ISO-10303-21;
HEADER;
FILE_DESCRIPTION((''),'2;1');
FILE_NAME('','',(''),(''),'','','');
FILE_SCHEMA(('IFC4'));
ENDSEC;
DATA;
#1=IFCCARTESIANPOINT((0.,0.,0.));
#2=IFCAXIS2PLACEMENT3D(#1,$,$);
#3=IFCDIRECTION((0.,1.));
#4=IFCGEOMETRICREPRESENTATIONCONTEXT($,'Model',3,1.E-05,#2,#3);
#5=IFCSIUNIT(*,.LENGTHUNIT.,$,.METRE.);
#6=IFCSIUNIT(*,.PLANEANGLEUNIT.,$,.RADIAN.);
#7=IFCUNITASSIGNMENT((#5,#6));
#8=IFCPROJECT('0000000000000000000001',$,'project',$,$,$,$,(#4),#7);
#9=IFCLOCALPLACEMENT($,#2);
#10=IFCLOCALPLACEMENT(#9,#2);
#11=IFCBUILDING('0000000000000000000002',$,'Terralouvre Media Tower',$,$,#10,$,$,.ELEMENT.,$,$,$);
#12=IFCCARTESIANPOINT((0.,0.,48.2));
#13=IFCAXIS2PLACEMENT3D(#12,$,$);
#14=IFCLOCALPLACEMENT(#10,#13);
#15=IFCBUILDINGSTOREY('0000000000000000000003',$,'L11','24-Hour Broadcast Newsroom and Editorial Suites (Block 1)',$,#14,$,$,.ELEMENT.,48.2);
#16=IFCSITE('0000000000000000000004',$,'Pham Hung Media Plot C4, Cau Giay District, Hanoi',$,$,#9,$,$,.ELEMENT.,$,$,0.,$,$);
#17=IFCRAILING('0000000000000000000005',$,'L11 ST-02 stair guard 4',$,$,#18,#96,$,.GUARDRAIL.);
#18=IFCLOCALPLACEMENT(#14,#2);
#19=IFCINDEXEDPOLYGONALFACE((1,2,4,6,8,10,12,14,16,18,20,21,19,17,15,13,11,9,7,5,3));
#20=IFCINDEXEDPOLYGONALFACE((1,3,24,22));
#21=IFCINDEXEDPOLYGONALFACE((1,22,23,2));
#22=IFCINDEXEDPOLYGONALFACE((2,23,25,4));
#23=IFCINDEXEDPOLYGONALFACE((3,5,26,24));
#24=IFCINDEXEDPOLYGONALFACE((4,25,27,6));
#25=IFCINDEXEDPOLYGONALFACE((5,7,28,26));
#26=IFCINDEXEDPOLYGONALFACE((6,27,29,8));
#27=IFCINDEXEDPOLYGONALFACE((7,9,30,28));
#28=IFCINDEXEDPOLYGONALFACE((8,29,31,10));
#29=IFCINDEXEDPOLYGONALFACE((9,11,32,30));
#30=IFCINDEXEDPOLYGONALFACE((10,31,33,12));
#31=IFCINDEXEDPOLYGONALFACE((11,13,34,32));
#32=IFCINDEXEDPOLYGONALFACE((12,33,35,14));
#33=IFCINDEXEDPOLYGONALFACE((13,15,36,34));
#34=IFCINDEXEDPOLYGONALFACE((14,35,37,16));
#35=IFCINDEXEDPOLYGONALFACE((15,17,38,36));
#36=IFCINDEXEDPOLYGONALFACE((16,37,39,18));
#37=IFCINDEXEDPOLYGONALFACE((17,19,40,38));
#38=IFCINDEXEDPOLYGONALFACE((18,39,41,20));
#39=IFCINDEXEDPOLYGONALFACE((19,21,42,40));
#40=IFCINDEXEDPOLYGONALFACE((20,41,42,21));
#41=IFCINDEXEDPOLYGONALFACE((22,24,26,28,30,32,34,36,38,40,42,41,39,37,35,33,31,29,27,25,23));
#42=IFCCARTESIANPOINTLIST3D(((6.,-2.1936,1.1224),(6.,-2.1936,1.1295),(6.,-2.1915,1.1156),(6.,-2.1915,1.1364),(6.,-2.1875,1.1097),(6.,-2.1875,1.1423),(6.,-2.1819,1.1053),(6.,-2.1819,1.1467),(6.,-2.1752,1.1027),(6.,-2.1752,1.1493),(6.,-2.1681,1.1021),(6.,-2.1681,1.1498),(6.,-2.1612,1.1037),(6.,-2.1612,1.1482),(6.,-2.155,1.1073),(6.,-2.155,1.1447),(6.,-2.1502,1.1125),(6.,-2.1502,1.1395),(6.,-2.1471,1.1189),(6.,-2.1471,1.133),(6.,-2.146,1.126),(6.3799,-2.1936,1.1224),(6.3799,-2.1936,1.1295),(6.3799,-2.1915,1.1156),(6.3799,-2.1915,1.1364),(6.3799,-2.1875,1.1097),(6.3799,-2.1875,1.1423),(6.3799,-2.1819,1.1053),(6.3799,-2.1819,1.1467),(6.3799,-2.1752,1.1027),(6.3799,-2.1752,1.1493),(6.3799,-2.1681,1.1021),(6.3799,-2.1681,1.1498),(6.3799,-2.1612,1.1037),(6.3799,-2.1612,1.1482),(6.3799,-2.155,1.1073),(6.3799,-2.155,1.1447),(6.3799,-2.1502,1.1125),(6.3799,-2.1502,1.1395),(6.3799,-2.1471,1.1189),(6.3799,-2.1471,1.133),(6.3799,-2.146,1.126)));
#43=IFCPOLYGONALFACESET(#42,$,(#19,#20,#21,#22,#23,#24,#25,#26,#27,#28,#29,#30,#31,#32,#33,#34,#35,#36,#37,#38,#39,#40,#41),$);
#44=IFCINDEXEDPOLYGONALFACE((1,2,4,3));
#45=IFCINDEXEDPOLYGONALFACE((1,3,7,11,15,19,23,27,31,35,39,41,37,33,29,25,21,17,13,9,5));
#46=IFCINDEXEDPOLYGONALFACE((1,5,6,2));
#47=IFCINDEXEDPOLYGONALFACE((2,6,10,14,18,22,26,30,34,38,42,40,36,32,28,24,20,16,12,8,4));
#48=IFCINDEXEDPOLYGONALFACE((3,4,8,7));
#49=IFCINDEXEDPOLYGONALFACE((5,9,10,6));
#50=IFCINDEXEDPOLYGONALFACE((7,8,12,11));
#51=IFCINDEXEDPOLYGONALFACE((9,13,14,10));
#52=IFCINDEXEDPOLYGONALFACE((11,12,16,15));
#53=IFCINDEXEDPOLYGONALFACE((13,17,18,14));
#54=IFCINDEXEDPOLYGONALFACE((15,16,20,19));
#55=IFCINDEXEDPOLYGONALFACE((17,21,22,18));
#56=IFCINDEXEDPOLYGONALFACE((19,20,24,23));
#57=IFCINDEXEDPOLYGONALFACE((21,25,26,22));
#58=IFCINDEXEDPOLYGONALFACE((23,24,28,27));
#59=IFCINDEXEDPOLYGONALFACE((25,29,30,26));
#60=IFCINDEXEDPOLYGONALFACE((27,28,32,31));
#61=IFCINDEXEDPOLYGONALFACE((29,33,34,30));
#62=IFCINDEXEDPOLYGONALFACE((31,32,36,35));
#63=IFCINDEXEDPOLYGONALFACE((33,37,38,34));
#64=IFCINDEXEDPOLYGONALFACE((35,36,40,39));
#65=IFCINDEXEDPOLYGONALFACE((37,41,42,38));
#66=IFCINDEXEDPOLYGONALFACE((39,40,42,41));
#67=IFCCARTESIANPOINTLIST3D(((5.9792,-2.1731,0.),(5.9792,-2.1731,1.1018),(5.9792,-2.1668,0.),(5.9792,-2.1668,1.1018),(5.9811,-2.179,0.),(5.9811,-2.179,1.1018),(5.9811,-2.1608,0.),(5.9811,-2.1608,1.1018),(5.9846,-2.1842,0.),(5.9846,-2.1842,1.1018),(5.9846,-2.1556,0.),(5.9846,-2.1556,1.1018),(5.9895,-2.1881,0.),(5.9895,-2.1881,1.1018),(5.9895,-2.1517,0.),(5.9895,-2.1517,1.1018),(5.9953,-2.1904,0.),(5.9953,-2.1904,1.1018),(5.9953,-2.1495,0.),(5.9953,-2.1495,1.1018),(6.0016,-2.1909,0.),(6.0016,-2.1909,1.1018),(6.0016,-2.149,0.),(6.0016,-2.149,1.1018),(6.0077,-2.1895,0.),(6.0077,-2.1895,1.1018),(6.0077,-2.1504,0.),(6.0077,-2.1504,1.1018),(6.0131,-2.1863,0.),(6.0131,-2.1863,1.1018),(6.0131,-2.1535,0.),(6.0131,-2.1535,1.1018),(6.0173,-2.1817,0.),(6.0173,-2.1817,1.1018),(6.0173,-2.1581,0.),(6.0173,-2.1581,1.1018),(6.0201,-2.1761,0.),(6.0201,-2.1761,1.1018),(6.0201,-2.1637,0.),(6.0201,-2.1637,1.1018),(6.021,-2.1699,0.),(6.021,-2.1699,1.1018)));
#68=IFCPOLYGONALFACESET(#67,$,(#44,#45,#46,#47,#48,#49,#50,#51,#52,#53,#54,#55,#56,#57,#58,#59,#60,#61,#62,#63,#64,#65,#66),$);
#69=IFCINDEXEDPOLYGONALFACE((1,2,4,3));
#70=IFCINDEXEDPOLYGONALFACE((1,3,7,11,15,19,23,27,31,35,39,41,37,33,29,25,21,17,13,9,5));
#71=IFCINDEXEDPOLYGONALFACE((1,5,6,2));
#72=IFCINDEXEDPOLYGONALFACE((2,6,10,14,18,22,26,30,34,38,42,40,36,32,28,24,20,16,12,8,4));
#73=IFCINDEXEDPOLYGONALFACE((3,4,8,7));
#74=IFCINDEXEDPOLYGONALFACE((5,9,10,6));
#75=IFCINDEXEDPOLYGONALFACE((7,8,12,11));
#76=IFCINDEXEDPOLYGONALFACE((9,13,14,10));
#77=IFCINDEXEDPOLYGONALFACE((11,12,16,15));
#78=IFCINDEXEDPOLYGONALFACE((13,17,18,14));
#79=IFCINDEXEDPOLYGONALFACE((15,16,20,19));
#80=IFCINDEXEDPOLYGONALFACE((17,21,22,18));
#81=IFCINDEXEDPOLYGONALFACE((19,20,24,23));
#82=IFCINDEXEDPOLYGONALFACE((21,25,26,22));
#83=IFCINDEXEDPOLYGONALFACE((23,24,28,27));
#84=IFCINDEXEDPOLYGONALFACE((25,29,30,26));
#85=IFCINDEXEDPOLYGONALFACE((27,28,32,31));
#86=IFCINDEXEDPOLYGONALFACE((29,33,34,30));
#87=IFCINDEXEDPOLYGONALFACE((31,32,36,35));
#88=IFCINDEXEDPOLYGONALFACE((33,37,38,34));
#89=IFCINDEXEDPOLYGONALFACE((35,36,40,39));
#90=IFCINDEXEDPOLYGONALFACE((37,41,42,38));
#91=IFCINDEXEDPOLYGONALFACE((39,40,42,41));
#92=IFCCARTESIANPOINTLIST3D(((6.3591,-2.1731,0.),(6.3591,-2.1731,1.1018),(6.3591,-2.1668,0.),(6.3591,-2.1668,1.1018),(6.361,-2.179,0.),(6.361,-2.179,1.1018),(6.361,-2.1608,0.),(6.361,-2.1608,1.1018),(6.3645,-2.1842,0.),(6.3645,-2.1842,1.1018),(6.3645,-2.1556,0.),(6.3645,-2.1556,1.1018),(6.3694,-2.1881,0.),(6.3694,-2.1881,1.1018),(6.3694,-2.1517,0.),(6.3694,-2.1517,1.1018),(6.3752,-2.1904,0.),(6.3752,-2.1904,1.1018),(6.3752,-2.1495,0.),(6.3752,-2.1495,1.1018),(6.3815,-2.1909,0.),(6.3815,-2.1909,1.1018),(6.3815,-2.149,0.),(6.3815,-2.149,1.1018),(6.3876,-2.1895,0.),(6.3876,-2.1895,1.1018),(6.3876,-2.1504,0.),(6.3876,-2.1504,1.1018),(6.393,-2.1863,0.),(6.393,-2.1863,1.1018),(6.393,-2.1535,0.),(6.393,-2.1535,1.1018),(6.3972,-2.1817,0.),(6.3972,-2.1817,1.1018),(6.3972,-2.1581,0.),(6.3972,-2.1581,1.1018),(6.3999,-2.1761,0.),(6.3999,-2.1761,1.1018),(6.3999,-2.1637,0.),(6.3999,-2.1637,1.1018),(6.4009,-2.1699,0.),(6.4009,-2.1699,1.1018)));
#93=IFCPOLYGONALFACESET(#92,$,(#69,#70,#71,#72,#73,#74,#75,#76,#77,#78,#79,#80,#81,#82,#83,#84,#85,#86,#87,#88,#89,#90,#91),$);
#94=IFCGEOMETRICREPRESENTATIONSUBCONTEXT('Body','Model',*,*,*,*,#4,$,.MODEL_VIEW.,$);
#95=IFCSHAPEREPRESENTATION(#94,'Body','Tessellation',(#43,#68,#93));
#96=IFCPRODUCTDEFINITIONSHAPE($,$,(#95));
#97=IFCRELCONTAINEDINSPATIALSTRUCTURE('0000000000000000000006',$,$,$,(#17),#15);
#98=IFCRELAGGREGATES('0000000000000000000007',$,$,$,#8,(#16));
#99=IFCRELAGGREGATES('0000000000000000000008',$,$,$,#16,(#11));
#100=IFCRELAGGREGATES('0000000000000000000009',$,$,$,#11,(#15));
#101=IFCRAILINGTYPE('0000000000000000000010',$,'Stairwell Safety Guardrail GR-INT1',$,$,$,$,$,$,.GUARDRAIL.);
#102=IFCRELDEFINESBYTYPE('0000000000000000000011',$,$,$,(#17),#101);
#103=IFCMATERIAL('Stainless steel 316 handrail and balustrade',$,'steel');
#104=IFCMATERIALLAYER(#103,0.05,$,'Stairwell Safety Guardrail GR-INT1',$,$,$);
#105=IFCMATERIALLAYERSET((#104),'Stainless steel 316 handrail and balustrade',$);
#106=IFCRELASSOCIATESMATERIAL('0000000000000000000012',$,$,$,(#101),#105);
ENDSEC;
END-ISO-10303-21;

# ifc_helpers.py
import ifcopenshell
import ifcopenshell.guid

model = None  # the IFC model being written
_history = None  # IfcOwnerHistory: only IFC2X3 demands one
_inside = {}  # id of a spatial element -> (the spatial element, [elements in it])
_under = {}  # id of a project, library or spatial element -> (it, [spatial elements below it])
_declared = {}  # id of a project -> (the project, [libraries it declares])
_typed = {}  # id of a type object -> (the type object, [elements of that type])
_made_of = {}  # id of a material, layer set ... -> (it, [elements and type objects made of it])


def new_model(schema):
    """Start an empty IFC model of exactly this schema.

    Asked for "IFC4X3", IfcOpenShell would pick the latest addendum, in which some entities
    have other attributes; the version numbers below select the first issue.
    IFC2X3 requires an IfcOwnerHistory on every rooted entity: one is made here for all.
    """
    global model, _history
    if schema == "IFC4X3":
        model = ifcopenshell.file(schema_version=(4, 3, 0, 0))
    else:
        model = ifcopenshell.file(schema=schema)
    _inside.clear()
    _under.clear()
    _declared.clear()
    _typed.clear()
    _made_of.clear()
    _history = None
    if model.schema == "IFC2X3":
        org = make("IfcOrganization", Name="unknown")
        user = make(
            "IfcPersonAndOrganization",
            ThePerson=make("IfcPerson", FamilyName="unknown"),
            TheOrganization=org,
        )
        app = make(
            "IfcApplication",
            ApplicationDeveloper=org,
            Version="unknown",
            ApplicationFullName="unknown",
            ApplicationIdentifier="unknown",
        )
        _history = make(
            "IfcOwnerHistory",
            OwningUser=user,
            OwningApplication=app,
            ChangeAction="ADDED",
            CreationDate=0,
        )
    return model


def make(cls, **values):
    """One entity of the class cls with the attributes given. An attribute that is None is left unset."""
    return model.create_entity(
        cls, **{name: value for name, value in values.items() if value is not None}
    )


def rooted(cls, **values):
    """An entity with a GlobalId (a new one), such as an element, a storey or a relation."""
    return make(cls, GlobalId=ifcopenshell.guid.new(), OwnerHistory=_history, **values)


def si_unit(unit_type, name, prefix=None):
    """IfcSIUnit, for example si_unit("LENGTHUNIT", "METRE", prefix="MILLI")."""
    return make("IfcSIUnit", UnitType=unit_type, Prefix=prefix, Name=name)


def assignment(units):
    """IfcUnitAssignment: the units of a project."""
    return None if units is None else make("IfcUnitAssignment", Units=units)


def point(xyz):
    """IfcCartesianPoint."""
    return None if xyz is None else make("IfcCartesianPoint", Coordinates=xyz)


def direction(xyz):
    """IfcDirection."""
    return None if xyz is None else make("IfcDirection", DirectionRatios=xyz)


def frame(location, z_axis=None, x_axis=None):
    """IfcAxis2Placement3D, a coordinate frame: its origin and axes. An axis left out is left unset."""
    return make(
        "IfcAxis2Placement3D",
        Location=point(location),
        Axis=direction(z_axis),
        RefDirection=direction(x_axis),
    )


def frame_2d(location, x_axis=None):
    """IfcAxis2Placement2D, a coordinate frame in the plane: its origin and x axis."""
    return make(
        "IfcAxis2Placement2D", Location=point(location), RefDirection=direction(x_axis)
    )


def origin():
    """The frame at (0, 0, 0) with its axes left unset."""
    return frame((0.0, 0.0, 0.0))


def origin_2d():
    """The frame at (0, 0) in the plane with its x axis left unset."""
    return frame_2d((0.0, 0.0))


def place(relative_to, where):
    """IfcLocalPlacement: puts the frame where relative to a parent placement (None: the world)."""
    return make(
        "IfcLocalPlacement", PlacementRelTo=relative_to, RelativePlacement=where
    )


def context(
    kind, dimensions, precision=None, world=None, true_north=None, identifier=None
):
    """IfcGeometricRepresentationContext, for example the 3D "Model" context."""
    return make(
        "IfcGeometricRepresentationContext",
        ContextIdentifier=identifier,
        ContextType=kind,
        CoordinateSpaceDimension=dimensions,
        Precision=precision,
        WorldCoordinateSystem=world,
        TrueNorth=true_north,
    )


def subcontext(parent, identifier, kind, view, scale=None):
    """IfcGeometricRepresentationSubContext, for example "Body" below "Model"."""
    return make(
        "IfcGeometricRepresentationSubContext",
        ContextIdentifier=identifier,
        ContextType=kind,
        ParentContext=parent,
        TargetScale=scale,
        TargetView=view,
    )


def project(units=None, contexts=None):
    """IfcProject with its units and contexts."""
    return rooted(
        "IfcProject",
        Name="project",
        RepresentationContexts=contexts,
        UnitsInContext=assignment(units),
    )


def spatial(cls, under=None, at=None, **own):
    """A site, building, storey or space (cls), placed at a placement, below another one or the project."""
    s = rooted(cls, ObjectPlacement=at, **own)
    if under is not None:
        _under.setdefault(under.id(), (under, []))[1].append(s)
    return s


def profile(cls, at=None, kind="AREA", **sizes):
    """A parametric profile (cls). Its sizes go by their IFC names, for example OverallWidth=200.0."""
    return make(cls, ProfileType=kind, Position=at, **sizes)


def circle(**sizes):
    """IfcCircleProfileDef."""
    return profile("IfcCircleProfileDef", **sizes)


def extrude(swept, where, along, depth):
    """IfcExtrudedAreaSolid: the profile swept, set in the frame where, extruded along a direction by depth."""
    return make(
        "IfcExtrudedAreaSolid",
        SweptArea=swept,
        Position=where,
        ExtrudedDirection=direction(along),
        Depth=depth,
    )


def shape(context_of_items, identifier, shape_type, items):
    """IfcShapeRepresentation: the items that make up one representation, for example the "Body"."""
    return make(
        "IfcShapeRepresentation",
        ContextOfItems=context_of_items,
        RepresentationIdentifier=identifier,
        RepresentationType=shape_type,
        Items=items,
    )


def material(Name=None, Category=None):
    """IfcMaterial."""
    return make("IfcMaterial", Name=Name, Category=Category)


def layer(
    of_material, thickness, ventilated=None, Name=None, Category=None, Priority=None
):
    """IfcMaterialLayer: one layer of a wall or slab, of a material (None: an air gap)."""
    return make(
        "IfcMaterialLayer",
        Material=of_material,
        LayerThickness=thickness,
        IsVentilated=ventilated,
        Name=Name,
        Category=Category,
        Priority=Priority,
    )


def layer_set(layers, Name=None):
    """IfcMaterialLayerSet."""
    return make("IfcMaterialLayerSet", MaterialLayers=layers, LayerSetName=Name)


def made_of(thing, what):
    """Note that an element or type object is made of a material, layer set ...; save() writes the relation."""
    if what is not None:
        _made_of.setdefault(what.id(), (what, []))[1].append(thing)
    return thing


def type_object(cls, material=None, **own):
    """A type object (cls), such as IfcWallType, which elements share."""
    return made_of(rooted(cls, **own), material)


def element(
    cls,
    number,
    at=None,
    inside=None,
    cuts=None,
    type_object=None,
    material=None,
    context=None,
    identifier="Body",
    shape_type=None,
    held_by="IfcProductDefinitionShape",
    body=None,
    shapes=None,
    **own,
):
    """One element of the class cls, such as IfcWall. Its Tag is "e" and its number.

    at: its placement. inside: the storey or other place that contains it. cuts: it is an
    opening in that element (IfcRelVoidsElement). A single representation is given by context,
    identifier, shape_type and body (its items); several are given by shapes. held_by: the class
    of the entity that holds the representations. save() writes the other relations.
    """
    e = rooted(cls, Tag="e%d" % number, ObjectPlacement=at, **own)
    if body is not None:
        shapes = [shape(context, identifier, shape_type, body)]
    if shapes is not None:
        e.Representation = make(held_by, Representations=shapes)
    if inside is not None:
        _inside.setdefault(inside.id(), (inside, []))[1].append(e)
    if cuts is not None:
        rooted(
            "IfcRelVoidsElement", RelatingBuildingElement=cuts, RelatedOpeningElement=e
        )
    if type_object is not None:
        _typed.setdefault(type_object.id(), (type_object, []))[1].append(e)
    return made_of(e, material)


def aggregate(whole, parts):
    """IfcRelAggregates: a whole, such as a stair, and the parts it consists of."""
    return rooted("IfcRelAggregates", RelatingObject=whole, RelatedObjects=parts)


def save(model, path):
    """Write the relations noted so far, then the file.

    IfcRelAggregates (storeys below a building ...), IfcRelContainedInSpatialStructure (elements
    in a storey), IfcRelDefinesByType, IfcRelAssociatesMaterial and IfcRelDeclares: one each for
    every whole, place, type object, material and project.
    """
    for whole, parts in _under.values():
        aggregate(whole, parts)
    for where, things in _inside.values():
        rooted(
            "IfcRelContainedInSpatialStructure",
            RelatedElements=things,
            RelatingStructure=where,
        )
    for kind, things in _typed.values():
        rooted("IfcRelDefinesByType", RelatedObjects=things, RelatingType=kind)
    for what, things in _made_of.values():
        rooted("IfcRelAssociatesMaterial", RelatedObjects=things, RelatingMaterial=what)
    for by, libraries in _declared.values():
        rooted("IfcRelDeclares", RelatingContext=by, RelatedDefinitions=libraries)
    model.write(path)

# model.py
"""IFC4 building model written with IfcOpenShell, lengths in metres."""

from ifc_helpers import new_model, si_unit, direction, frame, origin, origin_2d, place, context, subcontext, project, spatial, circle, extrude, material, layer, layer_set, type_object, element, save


model = new_model("IFC4")

# Units and contexts
model_context = context("Model", 3, precision=1e-05, world=origin(), true_north=direction((0.0, 1.0)))
body_context = subcontext(model_context, "Body", "Model", "MODEL_VIEW")
ifc_project = project(units=[si_unit("LENGTHUNIT", "METRE"), si_unit("PLANEANGLEUNIT", "RADIAN")], contexts=[model_context])

# Site, building, storey
site_placement = place(None, origin())
site = spatial("IfcSite", under=ifc_project, at=site_placement, Name="Pham Hung Media Plot C4, Cau Giay District, Hanoi", CompositionType="ELEMENT", RefElevation=0.0)
building_placement = place(site_placement, origin())
building = spatial("IfcBuilding", under=site, at=building_placement, Name="Terralouvre Media Tower", CompositionType="ELEMENT")
storey_placement = place(building_placement, frame((0.0, 0.0, 48.2)))
storey = spatial("IfcBuildingStorey", under=building, at=storey_placement, Name="L11", Description="24-Hour Broadcast Newsroom and Editorial Suites (Block 1)", CompositionType="ELEMENT", Elevation=48.2)

# Railing
ifc_material_1 = material(Name="Stainless steel 316 handrail and balustrade", Category="steel")
ifc_layer_1 = layer(ifc_material_1, 0.05, Name="Stairwell Safety Guardrail GR-INT1")
ifc_layer_set_1 = layer_set([ifc_layer_1], Name="Stainless steel 316 handrail and balustrade")
railing_type_1 = type_object("IfcRailingType", Name="Stairwell Safety Guardrail GR-INT1", PredefinedType="GUARDRAIL", material=ifc_layer_set_1)
railing_1_placement = place(storey_placement, frame((6.0, -2.1699, 0.0)))
element("IfcRailing", 1, at=railing_1_placement, inside=storey, type_object=railing_type_1, Name="L11 ST-02 stair guard 4", PredefinedType="GUARDRAIL", context=body_context, shape_type="SweptSolid", body=[
    extrude(circle(Radius=0.0239, at=origin_2d()), frame((0.0, 0.0, 1.126), z_axis=(1.0, 0.0, 0.0), x_axis=(0.0, 1.0, 0.0)), (0.0, 0.0, 1.0), 0.3799),
    extrude(circle(Radius=0.021, at=origin_2d()), origin(), (0.0, 0.0, 1.0), 1.1018),
    extrude(circle(Radius=0.021, at=origin_2d()), frame((0.3799, 0.0, 0.0)), (0.0, 0.0, 1.0), 1.1018),
])

save(model, "model.ifc")
